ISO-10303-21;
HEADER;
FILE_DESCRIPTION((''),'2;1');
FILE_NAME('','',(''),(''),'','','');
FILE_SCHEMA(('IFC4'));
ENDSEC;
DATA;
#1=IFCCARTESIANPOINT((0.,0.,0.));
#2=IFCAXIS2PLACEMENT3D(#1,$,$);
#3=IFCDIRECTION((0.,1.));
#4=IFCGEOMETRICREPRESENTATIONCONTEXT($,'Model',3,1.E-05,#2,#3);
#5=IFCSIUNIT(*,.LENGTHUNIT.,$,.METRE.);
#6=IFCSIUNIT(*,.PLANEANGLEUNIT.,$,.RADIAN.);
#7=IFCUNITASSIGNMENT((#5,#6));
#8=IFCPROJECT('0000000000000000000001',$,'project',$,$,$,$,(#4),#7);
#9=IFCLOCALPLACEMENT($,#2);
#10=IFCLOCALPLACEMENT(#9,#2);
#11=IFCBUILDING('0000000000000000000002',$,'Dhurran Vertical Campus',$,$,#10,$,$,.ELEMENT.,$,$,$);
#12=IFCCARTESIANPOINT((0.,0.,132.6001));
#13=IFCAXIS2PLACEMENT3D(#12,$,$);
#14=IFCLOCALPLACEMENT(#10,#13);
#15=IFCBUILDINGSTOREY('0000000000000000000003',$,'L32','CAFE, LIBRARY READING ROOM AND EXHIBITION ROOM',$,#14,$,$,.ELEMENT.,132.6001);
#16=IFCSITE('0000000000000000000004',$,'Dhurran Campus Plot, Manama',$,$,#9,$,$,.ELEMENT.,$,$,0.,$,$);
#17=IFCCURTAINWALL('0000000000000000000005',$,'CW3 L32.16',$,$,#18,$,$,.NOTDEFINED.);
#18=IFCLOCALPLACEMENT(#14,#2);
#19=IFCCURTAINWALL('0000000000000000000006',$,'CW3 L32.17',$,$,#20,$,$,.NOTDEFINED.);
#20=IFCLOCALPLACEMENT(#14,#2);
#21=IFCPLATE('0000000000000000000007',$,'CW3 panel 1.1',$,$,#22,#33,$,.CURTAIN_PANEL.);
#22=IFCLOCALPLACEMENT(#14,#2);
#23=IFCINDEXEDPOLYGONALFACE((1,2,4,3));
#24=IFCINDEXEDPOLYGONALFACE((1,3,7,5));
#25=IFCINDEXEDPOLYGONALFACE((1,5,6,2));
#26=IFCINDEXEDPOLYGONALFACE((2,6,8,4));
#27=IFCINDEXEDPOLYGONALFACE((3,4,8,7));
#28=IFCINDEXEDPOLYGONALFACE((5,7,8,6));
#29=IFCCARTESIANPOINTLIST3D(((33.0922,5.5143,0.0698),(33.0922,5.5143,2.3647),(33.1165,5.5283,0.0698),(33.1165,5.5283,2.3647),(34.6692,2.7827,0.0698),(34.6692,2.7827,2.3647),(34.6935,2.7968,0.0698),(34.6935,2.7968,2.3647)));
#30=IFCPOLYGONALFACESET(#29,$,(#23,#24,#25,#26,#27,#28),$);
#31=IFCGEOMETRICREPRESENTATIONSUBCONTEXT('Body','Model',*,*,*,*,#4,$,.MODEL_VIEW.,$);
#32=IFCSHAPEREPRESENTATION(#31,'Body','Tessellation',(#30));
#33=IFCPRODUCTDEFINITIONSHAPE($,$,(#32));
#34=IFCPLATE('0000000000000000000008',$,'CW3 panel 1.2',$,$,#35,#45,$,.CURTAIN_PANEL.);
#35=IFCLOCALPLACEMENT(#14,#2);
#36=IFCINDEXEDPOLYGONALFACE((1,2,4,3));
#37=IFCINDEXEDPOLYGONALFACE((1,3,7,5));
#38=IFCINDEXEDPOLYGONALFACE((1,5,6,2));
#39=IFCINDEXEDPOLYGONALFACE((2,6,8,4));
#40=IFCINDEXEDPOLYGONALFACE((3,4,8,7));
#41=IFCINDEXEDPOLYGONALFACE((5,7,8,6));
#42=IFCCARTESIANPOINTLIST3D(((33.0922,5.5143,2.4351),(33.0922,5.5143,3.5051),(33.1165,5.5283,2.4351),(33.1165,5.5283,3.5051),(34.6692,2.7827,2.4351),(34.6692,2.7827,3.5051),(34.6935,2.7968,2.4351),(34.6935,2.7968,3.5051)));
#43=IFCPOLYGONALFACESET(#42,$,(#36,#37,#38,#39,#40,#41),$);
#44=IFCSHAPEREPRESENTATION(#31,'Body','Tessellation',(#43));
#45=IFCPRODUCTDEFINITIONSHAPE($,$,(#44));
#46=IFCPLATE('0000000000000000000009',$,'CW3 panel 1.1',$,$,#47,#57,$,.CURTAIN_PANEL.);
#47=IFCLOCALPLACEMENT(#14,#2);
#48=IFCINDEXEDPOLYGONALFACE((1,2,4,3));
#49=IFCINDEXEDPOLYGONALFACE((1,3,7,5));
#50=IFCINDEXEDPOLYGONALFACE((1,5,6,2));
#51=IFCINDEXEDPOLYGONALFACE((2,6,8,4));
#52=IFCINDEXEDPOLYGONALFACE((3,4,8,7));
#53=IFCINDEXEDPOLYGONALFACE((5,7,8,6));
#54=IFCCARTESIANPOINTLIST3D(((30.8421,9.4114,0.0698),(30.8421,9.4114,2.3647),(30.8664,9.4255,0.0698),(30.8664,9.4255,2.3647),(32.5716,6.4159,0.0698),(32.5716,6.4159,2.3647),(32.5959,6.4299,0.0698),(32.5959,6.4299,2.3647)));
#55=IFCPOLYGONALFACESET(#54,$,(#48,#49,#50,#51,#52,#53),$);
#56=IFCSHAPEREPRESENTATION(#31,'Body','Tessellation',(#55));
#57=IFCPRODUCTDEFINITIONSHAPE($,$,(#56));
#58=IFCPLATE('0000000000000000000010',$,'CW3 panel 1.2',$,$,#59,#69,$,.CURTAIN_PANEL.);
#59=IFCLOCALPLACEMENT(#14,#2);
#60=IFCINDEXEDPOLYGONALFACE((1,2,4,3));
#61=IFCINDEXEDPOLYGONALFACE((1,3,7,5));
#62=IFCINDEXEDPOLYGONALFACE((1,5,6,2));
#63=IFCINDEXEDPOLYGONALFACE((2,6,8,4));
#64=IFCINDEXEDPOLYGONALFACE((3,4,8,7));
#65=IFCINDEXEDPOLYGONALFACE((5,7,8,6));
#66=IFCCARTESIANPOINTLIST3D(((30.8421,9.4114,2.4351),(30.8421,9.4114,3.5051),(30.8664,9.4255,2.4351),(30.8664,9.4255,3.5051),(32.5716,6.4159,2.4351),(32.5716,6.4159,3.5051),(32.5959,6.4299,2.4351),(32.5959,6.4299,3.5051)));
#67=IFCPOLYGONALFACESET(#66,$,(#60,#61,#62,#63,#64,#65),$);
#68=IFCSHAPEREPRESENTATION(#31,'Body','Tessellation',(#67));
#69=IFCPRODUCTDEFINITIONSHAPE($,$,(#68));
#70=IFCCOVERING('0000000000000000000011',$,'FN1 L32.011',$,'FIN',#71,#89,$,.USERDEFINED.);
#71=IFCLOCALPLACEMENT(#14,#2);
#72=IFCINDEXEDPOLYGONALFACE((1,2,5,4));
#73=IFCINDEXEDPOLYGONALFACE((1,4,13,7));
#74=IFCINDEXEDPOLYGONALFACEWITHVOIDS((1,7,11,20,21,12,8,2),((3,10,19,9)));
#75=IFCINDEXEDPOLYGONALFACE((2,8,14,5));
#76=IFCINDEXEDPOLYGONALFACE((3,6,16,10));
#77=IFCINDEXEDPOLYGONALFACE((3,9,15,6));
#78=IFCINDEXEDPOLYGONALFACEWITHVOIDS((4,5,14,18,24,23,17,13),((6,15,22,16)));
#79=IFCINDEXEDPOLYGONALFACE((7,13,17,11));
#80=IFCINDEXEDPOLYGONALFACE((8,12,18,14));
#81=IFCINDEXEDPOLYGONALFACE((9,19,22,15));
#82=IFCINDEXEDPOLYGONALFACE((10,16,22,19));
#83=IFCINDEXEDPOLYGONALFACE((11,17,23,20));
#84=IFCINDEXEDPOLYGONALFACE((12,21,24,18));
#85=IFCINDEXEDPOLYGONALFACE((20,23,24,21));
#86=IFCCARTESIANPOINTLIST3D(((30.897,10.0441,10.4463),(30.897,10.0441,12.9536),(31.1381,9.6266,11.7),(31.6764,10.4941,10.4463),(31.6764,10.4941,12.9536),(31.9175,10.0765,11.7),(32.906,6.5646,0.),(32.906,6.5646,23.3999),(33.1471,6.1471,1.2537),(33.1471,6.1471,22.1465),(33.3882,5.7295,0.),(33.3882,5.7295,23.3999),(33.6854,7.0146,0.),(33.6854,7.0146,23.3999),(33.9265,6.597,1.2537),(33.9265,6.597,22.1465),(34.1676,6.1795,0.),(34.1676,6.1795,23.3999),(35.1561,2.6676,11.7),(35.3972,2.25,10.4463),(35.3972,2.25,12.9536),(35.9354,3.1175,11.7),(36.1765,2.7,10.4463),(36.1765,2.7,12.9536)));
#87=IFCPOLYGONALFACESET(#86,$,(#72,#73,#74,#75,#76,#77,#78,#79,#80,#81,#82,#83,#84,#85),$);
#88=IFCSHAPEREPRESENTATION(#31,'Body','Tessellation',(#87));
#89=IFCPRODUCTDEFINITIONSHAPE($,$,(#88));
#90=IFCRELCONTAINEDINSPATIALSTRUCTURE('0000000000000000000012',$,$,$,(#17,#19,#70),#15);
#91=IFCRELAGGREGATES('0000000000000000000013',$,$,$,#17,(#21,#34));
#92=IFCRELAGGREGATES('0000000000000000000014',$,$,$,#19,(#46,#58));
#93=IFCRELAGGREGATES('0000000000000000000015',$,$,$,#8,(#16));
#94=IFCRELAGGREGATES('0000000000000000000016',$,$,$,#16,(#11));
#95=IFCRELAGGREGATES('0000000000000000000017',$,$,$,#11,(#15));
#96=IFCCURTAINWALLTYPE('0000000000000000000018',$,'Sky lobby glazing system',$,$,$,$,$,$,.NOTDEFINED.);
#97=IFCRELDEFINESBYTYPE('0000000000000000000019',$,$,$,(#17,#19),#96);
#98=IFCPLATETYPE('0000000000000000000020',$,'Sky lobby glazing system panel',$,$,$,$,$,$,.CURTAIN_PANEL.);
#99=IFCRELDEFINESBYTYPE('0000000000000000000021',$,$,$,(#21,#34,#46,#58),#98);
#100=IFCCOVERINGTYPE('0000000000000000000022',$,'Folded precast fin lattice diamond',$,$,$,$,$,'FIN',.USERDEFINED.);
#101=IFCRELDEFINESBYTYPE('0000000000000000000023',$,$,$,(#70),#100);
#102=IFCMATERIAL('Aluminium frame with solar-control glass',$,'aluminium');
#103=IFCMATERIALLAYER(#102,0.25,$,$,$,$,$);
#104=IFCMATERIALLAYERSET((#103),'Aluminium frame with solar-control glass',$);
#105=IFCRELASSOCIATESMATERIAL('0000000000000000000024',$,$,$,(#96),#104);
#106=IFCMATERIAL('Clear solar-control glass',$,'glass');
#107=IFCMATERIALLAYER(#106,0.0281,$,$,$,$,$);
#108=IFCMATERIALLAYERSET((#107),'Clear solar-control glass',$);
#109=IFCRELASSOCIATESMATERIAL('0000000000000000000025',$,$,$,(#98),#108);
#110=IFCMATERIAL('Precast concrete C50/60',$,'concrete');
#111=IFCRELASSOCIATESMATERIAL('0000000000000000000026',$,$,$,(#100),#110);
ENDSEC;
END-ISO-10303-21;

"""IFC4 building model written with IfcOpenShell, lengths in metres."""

from ifc_helpers import new_model, si_unit, direction, frame, origin, origin_2d, place, context, subcontext, project, spatial, polyline, rectangle, outline, extrude, material, layer, layer_set, type_object, element, aggregate, save


model = new_model("IFC4")

# Units and contexts
model_context = context("Model", 3, precision=1e-05, world=origin(), true_north=direction((0.0, 1.0)))
body_context = subcontext(model_context, "Body", "Model", "MODEL_VIEW")
ifc_project = project(units=[si_unit("LENGTHUNIT", "METRE"), si_unit("PLANEANGLEUNIT", "RADIAN")], contexts=[model_context])

# Site, building, storey
site_placement = place(None, origin())
site = spatial("IfcSite", under=ifc_project, at=site_placement, Name="Dhurran Campus Plot, Manama", CompositionType="ELEMENT", RefElevation=0.0)
building_placement = place(site_placement, origin())
building = spatial("IfcBuilding", under=site, at=building_placement, Name="Dhurran Vertical Campus", CompositionType="ELEMENT")
storey_placement = place(building_placement, frame((0.0, 0.0, 132.6001)))
storey = spatial("IfcBuildingStorey", under=building, at=storey_placement, Name="L32", Description="CAFE, LIBRARY READING ROOM AND EXHIBITION ROOM", CompositionType="ELEMENT", Elevation=132.6001)

# Shared definitions
ifc_material_1 = material(Name="Aluminium frame with solar-control glass", Category="aluminium")
ifc_layer_1 = layer(ifc_material_1, 0.25)
ifc_layer_set_1 = layer_set([ifc_layer_1], Name="Aluminium frame with solar-control glass")
curtain_wall_type = type_object("IfcCurtainWallType", Name="Sky lobby glazing system", PredefinedType="NOTDEFINED", material=ifc_layer_set_1)

# Curtain wall
curtain_wall_1_placement = place(storey_placement, origin())
curtain_wall_1 = element("IfcCurtainWall", 1, at=curtain_wall_1_placement, inside=storey, type_object=curtain_wall_type, Name="CW3 L32.16", PredefinedType="NOTDEFINED")

# Curtain wall
curtain_wall_2_placement = place(storey_placement, origin())
curtain_wall_2 = element("IfcCurtainWall", 2, at=curtain_wall_2_placement, inside=storey, type_object=curtain_wall_type, Name="CW3 L32.17", PredefinedType="NOTDEFINED")

# Plates
ifc_material_2 = material(Name="Clear solar-control glass", Category="glass")
ifc_layer_2 = layer(ifc_material_2, 0.0281)
ifc_layer_set_2 = layer_set([ifc_layer_2], Name="Clear solar-control glass")
plate_type = type_object("IfcPlateType", Name="Sky lobby glazing system panel", PredefinedType="CURTAIN_PANEL", material=ifc_layer_set_2)
plate_1_placement = place(storey_placement, frame((33.8928, 4.1555, 0.0698), z_axis=(0.0, 0.0, 1.0), x_axis=(-0.499985, 0.866034, 0.0)))
plate_1 = element("IfcPlate", 3, at=plate_1_placement, type_object=plate_type, Name="CW3 panel 1.1", PredefinedType="CURTAIN_PANEL", context=body_context, shape_type="SweptSolid", body=[
    extrude(rectangle(XDim=3.1541, YDim=0.0281, at=origin_2d()), origin(), (0.0, 0.0, 1.0), 2.2949),
])
plate_2_placement = place(storey_placement, frame((33.8928, 4.1555, 2.4351), z_axis=(0.0, 0.0, 1.0), x_axis=(-0.499985, 0.866034, 0.0)))
plate_2 = element("IfcPlate", 4, at=plate_2_placement, type_object=plate_type, Name="CW3 panel 1.2", PredefinedType="CURTAIN_PANEL", context=body_context, shape_type="SweptSolid", body=[
    extrude(rectangle(XDim=3.1541, YDim=0.0281, at=origin_2d()), origin(), (0.0, 0.0, 1.0), 1.0701),
])
aggregate(curtain_wall_1, [plate_1, plate_2])
plate_3_placement = place(storey_placement, frame((31.719, 7.9207, 0.0698), z_axis=(0.0, 0.0, 1.0), x_axis=(-0.500003, 0.866024, 0.0)))
plate_3 = element("IfcPlate", 5, at=plate_3_placement, type_object=plate_type, Name="CW3 panel 1.1", PredefinedType="CURTAIN_PANEL", context=body_context, shape_type="SweptSolid", body=[
    extrude(rectangle(XDim=3.459, YDim=0.0281, at=origin_2d()), origin(), (0.0, 0.0, 1.0), 2.2949),
])
plate_4_placement = place(storey_placement, frame((31.719, 7.9207, 2.4351), z_axis=(0.0, 0.0, 1.0), x_axis=(-0.500003, 0.866024, 0.0)))
plate_4 = element("IfcPlate", 6, at=plate_4_placement, type_object=plate_type, Name="CW3 panel 1.2", PredefinedType="CURTAIN_PANEL", context=body_context, shape_type="SweptSolid", body=[
    extrude(rectangle(XDim=3.459, YDim=0.0281, at=origin_2d()), origin(), (0.0, 0.0, 1.0), 1.0701),
])
aggregate(curtain_wall_2, [plate_3, plate_4])

# Covering
ifc_material_3 = material(Name="Precast concrete C50/60", Category="concrete")
covering_type = type_object("IfcCoveringType", Name="Folded precast fin lattice diamond", ElementType="FIN", PredefinedType="USERDEFINED", material=ifc_material_3)
covering_placement = place(storey_placement, frame((35.3972, 2.25, 0.0), z_axis=(0.866014, 0.50002, 0.0), x_axis=(-0.50002, 0.866014, 0.0)))
element("IfcCovering", 7, at=covering_placement, inside=storey, type_object=covering_type, Name="FN1 L32.011", ObjectType="FIN", PredefinedType="USERDEFINED", context=body_context, shape_type="SweptSolid", body=[
    extrude(outline(polyline([(9.0, 12.9536), (9.0, 10.4463), (4.9822, 0.0), (4.0178, 0.0), (0.0, 10.4463), (0.0, 12.9536), (4.0178, 23.3999), (4.9822, 23.3999), (9.0, 12.9536)]), holes=[polyline([(8.5178, 11.7), (4.5, 22.1465), (0.4822, 11.7), (4.5, 1.2537), (8.5178, 11.7)])]), origin(), (0.0, 0.0, 1.0), 0.8999),
])

save(model, "model.ifc")
